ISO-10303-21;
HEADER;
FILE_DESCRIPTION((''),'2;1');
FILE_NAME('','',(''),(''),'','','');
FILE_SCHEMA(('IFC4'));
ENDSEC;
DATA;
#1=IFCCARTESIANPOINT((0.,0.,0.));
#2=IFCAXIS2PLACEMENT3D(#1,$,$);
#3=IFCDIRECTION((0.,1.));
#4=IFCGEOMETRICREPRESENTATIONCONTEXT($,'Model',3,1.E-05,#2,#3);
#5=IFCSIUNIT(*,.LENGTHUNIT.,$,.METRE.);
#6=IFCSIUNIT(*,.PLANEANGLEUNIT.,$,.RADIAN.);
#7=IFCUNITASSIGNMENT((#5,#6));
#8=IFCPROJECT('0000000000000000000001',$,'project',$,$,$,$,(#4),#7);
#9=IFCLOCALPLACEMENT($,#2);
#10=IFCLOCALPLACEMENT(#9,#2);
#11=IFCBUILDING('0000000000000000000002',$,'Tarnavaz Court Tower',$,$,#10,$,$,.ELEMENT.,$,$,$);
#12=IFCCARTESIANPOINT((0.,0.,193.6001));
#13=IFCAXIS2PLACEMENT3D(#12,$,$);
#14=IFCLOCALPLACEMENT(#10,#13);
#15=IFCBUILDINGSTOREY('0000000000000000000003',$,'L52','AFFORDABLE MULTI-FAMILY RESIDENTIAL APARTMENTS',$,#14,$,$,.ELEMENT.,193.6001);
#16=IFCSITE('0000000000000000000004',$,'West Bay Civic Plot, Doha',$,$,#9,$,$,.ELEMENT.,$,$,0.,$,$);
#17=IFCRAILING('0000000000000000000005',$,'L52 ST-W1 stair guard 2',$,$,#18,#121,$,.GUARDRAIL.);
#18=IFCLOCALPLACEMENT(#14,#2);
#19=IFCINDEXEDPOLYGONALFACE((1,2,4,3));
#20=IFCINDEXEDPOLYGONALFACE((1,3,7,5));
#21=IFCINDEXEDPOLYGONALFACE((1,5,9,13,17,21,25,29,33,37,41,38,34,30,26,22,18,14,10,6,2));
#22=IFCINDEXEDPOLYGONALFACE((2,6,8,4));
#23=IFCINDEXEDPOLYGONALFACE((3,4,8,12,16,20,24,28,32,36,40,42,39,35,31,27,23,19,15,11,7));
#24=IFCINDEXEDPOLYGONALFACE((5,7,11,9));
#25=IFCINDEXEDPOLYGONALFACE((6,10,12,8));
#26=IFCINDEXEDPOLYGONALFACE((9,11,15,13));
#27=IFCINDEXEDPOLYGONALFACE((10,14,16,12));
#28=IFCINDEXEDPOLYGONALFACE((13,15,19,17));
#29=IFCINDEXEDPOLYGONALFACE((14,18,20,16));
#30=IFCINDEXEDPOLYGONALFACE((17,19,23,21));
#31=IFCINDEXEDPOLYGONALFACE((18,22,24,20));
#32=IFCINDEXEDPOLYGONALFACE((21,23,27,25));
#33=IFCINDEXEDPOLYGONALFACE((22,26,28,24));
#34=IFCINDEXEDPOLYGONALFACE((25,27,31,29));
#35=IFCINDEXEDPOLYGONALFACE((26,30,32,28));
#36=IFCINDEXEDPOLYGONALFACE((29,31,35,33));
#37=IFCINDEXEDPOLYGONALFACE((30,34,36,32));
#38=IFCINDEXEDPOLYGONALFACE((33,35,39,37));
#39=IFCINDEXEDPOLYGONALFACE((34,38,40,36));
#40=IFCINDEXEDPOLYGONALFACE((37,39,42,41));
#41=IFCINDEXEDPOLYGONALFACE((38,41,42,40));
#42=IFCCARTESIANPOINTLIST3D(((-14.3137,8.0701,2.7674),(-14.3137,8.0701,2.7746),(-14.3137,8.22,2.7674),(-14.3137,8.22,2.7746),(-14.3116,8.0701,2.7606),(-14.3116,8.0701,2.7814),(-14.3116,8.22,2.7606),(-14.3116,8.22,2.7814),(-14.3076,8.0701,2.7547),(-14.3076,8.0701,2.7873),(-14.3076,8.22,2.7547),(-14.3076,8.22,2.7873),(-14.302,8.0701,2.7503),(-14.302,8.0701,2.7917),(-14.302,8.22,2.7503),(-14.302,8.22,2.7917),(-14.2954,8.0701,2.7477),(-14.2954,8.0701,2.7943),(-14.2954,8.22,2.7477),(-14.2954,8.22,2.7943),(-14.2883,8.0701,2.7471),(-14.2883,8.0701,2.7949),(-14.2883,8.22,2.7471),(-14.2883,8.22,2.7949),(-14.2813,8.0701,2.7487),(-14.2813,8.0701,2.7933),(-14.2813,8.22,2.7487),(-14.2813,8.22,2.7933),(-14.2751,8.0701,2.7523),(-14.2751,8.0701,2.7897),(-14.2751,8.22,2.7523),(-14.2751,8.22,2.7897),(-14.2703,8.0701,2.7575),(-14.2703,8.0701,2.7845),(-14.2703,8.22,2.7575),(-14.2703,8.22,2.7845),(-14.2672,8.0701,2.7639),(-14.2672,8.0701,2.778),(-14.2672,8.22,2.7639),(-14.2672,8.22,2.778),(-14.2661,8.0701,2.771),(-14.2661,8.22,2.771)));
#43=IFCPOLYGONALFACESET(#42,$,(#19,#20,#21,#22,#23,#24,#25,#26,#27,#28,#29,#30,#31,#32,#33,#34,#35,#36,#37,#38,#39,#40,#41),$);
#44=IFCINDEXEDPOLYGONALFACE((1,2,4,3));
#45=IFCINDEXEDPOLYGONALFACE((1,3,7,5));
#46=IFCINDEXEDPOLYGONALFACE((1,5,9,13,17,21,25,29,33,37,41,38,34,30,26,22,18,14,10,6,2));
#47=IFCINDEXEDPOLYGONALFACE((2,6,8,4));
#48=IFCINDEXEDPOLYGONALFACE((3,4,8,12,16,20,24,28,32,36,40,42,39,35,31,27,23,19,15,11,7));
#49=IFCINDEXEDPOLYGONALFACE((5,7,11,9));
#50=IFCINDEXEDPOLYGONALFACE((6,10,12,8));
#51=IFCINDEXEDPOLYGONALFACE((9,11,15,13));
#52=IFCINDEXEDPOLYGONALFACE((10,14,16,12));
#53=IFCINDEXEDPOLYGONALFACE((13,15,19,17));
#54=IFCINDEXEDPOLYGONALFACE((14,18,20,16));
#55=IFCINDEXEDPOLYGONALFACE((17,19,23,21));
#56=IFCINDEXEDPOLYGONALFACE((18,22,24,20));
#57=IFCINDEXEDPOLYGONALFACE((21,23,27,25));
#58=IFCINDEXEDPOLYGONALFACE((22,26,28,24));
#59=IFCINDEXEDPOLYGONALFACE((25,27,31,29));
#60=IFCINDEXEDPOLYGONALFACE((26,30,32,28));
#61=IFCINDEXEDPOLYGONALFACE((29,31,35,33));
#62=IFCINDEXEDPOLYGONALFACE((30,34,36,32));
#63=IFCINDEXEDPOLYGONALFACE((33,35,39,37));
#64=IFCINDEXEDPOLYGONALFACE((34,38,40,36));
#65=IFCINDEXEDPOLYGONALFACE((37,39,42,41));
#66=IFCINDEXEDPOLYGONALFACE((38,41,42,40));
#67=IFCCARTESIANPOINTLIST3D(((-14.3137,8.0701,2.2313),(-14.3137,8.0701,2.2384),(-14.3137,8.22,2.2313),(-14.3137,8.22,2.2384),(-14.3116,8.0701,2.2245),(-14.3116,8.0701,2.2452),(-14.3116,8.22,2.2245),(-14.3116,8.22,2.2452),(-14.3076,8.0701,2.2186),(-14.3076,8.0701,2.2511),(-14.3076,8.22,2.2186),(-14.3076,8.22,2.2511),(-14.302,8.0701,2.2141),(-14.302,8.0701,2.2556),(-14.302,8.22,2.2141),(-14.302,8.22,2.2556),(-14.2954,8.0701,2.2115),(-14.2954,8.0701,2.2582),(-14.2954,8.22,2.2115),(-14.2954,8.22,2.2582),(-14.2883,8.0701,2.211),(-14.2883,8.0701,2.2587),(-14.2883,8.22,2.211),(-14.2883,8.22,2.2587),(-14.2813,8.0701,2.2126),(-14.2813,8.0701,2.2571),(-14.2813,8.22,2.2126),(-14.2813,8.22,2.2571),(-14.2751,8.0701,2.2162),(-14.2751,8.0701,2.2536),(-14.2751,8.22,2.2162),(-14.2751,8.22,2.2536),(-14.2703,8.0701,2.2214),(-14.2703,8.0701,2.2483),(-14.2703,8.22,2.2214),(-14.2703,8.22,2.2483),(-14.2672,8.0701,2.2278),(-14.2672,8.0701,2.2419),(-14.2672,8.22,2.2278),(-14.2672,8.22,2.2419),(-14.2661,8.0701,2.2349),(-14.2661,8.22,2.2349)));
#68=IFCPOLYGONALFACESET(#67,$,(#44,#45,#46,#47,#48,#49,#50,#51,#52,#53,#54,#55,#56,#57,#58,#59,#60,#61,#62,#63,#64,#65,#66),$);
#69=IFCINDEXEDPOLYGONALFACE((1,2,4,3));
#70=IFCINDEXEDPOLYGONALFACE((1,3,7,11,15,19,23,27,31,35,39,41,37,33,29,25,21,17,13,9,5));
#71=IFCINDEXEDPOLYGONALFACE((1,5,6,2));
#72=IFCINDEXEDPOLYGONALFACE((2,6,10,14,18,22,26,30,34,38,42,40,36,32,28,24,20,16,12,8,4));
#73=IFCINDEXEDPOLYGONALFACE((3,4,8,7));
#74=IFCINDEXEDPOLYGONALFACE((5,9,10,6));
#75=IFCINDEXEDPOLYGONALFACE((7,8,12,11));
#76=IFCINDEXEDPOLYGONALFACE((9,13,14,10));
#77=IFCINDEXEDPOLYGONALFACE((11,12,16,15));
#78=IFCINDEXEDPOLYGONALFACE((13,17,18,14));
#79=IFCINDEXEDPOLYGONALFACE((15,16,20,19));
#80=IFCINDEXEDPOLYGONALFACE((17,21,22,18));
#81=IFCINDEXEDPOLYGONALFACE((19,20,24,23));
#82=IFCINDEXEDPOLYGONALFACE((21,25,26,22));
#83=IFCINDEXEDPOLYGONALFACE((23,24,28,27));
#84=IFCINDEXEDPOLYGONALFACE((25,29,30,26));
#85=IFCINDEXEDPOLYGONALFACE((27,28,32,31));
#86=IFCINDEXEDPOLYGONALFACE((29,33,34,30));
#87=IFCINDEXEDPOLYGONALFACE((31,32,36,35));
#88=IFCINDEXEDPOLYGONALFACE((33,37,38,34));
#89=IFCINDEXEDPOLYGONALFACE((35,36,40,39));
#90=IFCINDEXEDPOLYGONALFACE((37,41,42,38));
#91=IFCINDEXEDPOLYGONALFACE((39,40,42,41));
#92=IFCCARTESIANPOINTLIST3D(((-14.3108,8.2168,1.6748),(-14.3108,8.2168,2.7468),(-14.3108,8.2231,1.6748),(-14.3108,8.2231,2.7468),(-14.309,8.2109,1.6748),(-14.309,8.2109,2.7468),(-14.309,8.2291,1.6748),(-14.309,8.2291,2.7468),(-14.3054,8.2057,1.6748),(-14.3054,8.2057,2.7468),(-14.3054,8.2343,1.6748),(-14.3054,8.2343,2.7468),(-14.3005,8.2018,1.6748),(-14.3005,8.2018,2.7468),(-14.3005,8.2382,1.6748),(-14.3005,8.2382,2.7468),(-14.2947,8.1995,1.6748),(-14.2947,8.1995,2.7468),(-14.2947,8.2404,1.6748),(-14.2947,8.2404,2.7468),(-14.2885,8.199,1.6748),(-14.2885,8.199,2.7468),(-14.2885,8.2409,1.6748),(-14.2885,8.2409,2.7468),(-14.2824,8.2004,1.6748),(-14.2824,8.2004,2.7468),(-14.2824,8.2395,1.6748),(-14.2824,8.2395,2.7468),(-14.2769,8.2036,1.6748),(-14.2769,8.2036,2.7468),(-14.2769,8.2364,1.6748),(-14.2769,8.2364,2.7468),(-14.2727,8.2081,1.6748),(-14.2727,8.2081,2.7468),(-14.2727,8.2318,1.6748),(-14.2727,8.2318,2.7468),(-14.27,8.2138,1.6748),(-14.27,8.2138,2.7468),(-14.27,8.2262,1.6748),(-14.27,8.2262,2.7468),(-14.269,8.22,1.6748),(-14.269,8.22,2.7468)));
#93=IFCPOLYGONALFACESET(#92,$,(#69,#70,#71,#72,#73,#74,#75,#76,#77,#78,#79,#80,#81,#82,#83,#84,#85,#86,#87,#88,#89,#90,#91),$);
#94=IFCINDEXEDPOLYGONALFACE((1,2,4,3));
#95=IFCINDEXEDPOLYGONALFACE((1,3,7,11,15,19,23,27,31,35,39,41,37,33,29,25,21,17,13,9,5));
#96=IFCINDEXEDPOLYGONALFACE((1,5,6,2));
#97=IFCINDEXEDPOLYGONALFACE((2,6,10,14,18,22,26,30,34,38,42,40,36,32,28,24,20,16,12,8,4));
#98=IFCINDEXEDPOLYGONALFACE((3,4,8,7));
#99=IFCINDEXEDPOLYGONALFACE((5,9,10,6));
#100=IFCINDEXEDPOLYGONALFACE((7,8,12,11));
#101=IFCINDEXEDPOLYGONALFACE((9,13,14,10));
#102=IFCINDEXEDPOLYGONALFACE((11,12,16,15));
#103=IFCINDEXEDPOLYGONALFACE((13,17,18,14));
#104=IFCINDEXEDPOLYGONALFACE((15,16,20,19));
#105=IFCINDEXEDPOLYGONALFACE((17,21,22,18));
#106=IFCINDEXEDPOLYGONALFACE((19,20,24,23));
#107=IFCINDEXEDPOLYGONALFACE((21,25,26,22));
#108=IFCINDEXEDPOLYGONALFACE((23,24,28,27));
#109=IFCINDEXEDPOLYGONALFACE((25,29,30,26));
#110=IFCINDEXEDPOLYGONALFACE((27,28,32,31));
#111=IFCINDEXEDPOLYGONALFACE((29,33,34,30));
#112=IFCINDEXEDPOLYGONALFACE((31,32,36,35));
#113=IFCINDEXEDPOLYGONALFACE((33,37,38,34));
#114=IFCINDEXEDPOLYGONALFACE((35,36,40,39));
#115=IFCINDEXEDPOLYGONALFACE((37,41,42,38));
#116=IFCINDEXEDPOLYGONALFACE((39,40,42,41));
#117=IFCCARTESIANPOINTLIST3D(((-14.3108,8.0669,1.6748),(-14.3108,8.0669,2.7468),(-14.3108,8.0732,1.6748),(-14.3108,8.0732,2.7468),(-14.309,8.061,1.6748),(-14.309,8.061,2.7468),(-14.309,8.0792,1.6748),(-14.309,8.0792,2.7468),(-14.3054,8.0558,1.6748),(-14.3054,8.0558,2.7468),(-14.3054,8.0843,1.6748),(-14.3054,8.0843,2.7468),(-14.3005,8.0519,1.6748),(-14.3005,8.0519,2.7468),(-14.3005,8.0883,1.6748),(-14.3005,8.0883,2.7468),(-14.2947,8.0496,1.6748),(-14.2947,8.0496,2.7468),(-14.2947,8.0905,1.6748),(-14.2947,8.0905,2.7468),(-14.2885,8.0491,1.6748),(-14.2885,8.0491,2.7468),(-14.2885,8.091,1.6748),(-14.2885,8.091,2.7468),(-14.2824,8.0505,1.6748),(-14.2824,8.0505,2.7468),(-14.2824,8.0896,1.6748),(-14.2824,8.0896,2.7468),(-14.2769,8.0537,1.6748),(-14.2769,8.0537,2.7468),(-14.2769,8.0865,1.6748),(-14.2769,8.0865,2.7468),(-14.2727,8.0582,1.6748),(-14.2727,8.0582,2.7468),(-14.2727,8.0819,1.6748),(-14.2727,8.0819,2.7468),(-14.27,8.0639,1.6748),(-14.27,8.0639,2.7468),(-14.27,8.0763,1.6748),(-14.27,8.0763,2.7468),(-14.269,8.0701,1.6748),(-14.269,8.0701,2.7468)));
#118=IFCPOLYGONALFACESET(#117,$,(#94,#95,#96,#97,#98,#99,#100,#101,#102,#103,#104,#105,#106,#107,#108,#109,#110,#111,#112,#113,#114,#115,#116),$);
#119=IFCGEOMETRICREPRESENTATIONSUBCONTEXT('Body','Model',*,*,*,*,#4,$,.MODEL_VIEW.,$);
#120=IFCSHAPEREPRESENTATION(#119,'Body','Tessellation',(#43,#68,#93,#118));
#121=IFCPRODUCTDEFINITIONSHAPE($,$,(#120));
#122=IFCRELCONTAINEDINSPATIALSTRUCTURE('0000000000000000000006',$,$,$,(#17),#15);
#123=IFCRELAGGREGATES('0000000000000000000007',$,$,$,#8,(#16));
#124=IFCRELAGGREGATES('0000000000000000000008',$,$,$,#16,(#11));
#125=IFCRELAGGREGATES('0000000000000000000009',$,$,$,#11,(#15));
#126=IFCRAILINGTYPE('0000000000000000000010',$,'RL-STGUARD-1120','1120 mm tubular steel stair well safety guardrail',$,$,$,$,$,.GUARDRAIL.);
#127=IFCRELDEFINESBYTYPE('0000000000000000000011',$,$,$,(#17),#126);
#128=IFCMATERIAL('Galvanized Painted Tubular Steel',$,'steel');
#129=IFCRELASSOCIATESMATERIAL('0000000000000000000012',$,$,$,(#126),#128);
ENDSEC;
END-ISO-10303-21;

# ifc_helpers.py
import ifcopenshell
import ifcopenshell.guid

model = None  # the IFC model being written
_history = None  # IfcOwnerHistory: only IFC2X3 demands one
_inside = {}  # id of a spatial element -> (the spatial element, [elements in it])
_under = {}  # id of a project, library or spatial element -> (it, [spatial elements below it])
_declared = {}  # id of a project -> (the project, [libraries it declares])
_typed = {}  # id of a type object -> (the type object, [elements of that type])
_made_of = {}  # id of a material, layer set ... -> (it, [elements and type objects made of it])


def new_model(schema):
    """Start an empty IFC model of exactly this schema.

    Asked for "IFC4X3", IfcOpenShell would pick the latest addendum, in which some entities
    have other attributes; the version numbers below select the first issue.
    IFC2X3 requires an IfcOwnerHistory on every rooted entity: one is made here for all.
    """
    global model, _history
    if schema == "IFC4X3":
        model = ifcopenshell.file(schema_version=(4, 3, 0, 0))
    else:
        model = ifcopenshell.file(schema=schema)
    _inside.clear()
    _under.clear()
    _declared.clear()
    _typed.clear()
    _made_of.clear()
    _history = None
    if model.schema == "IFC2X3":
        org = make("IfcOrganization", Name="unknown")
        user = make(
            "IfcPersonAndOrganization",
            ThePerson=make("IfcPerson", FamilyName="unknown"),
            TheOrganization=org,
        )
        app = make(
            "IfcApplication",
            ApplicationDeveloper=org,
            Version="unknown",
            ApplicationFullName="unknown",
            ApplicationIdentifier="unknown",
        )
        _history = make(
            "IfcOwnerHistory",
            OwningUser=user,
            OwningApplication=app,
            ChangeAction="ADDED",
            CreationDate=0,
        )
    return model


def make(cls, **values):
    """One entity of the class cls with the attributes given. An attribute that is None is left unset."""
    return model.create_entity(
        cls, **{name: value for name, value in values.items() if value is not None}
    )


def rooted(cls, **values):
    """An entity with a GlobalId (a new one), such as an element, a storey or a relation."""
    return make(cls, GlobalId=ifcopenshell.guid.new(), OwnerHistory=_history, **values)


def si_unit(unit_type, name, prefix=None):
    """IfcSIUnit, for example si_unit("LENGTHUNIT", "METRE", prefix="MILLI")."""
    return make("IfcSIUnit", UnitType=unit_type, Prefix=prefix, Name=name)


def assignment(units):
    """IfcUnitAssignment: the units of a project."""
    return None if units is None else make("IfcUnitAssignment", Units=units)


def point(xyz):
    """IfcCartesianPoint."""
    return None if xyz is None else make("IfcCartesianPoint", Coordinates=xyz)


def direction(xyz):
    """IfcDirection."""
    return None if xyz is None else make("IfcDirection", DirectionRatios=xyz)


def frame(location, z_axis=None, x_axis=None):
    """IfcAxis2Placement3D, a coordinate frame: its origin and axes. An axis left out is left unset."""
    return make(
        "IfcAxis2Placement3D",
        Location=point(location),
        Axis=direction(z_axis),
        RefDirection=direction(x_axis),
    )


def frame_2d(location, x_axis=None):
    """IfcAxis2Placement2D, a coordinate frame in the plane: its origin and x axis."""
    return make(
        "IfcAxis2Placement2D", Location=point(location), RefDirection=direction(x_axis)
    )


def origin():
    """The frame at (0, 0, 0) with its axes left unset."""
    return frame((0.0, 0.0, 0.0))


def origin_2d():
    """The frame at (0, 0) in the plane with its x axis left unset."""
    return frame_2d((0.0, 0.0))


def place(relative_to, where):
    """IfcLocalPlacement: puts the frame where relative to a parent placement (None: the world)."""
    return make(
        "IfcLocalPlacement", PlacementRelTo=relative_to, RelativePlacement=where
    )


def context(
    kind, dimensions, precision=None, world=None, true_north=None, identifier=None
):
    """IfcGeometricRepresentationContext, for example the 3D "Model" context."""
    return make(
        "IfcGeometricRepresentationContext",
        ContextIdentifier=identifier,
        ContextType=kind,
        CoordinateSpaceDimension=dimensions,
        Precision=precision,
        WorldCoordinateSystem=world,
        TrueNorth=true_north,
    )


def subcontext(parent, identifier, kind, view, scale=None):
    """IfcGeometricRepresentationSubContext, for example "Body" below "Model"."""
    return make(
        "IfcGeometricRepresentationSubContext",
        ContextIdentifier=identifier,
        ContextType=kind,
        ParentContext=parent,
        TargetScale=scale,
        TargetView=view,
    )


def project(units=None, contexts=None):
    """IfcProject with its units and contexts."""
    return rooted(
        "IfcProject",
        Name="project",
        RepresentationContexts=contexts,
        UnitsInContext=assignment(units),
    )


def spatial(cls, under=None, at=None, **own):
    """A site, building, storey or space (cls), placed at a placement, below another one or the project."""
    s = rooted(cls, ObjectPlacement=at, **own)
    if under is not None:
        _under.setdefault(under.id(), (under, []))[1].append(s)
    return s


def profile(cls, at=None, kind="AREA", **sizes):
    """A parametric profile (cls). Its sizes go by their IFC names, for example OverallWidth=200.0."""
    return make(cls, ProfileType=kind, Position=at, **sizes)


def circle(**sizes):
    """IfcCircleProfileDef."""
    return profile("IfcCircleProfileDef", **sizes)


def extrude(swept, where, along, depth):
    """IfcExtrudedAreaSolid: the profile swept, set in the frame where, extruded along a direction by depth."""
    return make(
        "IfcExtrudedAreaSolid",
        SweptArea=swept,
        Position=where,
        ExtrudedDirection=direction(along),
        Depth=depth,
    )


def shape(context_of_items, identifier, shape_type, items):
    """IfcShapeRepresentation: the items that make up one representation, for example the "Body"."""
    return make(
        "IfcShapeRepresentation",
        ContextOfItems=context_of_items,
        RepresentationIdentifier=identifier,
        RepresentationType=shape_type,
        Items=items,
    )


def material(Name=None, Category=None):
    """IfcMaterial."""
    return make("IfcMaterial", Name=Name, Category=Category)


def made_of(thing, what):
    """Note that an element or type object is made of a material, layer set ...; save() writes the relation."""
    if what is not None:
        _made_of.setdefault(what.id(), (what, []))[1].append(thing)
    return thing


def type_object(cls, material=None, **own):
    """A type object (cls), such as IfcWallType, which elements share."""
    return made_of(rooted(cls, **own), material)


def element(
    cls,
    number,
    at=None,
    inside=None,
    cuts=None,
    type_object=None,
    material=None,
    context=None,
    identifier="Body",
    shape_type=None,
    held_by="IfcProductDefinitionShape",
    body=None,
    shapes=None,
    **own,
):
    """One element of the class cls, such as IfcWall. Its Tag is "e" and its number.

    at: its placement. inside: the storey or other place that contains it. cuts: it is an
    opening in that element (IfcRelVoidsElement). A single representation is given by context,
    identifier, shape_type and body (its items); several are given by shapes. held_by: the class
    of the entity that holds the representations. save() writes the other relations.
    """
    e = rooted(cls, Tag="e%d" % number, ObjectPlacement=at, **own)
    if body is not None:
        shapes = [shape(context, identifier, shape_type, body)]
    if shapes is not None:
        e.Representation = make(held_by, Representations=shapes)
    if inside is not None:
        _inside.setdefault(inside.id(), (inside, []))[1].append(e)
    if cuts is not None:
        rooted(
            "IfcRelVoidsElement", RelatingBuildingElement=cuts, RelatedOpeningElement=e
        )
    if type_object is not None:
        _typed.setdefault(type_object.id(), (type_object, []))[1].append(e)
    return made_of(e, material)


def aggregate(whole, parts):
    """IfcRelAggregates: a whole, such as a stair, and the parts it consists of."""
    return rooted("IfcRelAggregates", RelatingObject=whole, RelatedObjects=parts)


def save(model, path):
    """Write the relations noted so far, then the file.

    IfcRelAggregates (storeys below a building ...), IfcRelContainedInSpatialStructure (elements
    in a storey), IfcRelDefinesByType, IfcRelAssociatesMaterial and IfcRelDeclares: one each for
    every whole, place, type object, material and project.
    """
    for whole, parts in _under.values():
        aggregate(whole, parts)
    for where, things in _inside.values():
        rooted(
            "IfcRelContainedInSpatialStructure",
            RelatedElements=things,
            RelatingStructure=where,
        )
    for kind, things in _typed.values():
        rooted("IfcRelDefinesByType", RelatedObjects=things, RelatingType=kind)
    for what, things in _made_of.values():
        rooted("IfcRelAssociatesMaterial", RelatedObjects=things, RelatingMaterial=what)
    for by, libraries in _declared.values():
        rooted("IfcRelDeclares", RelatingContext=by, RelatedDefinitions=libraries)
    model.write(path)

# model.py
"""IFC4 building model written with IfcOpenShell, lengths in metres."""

from ifc_helpers import new_model, si_unit, direction, frame, origin, origin_2d, place, context, subcontext, project, spatial, circle, extrude, material, type_object, element, save


model = new_model("IFC4")

# Units and contexts
model_context = context("Model", 3, precision=1e-05, world=origin(), true_north=direction((0.0, 1.0)))
body_context = subcontext(model_context, "Body", "Model", "MODEL_VIEW")
ifc_project = project(units=[si_unit("LENGTHUNIT", "METRE"), si_unit("PLANEANGLEUNIT", "RADIAN")], contexts=[model_context])

# Site, building, storey
site_placement = place(None, origin())
site = spatial("IfcSite", under=ifc_project, at=site_placement, Name="West Bay Civic Plot, Doha", CompositionType="ELEMENT", RefElevation=0.0)
building_placement = place(site_placement, origin())
building = spatial("IfcBuilding", under=site, at=building_placement, Name="Tarnavaz Court Tower", CompositionType="ELEMENT")
storey_placement = place(building_placement, frame((0.0, 0.0, 193.6001)))
storey = spatial("IfcBuildingStorey", under=building, at=storey_placement, Name="L52", Description="AFFORDABLE MULTI-FAMILY RESIDENTIAL APARTMENTS", CompositionType="ELEMENT", Elevation=193.6001)

# Railing
ifc_material_1 = material(Name="Galvanized Painted Tubular Steel", Category="steel")
railing_type_1 = type_object("IfcRailingType", Name="RL-STGUARD-1120", Description="1120 mm tubular steel stair well safety guardrail", PredefinedType="GUARDRAIL", material=ifc_material_1)
railing_1_placement = place(storey_placement, frame((-14.29, 8.22, 1.6748)))
element("IfcRailing", 1, at=railing_1_placement, inside=storey, type_object=railing_type_1, Name="L52 ST-W1 stair guard 2", PredefinedType="GUARDRAIL", context=body_context, shape_type="SweptSolid", body=[
    extrude(circle(Radius=0.0239, at=origin_2d()), frame((0.0, 0.0, 1.0962), z_axis=(0.0, -1.0, 0.0), x_axis=(1.0, 0.0, 0.0)), (0.0, 0.0, 1.0), 0.1499),
    extrude(circle(Radius=0.0239, at=origin_2d()), frame((0.0, 0.0, 0.5601), z_axis=(0.0, -1.0, 0.0), x_axis=(1.0, 0.0, 0.0)), (0.0, 0.0, 1.0), 0.1499),
    extrude(circle(Radius=0.021, at=origin_2d()), origin(), (0.0, 0.0, 1.0), 1.072),
    extrude(circle(Radius=0.021, at=origin_2d()), frame((0.0, -0.1499, 0.0)), (0.0, 0.0, 1.0), 1.072),
])

save(model, "model.ifc")
